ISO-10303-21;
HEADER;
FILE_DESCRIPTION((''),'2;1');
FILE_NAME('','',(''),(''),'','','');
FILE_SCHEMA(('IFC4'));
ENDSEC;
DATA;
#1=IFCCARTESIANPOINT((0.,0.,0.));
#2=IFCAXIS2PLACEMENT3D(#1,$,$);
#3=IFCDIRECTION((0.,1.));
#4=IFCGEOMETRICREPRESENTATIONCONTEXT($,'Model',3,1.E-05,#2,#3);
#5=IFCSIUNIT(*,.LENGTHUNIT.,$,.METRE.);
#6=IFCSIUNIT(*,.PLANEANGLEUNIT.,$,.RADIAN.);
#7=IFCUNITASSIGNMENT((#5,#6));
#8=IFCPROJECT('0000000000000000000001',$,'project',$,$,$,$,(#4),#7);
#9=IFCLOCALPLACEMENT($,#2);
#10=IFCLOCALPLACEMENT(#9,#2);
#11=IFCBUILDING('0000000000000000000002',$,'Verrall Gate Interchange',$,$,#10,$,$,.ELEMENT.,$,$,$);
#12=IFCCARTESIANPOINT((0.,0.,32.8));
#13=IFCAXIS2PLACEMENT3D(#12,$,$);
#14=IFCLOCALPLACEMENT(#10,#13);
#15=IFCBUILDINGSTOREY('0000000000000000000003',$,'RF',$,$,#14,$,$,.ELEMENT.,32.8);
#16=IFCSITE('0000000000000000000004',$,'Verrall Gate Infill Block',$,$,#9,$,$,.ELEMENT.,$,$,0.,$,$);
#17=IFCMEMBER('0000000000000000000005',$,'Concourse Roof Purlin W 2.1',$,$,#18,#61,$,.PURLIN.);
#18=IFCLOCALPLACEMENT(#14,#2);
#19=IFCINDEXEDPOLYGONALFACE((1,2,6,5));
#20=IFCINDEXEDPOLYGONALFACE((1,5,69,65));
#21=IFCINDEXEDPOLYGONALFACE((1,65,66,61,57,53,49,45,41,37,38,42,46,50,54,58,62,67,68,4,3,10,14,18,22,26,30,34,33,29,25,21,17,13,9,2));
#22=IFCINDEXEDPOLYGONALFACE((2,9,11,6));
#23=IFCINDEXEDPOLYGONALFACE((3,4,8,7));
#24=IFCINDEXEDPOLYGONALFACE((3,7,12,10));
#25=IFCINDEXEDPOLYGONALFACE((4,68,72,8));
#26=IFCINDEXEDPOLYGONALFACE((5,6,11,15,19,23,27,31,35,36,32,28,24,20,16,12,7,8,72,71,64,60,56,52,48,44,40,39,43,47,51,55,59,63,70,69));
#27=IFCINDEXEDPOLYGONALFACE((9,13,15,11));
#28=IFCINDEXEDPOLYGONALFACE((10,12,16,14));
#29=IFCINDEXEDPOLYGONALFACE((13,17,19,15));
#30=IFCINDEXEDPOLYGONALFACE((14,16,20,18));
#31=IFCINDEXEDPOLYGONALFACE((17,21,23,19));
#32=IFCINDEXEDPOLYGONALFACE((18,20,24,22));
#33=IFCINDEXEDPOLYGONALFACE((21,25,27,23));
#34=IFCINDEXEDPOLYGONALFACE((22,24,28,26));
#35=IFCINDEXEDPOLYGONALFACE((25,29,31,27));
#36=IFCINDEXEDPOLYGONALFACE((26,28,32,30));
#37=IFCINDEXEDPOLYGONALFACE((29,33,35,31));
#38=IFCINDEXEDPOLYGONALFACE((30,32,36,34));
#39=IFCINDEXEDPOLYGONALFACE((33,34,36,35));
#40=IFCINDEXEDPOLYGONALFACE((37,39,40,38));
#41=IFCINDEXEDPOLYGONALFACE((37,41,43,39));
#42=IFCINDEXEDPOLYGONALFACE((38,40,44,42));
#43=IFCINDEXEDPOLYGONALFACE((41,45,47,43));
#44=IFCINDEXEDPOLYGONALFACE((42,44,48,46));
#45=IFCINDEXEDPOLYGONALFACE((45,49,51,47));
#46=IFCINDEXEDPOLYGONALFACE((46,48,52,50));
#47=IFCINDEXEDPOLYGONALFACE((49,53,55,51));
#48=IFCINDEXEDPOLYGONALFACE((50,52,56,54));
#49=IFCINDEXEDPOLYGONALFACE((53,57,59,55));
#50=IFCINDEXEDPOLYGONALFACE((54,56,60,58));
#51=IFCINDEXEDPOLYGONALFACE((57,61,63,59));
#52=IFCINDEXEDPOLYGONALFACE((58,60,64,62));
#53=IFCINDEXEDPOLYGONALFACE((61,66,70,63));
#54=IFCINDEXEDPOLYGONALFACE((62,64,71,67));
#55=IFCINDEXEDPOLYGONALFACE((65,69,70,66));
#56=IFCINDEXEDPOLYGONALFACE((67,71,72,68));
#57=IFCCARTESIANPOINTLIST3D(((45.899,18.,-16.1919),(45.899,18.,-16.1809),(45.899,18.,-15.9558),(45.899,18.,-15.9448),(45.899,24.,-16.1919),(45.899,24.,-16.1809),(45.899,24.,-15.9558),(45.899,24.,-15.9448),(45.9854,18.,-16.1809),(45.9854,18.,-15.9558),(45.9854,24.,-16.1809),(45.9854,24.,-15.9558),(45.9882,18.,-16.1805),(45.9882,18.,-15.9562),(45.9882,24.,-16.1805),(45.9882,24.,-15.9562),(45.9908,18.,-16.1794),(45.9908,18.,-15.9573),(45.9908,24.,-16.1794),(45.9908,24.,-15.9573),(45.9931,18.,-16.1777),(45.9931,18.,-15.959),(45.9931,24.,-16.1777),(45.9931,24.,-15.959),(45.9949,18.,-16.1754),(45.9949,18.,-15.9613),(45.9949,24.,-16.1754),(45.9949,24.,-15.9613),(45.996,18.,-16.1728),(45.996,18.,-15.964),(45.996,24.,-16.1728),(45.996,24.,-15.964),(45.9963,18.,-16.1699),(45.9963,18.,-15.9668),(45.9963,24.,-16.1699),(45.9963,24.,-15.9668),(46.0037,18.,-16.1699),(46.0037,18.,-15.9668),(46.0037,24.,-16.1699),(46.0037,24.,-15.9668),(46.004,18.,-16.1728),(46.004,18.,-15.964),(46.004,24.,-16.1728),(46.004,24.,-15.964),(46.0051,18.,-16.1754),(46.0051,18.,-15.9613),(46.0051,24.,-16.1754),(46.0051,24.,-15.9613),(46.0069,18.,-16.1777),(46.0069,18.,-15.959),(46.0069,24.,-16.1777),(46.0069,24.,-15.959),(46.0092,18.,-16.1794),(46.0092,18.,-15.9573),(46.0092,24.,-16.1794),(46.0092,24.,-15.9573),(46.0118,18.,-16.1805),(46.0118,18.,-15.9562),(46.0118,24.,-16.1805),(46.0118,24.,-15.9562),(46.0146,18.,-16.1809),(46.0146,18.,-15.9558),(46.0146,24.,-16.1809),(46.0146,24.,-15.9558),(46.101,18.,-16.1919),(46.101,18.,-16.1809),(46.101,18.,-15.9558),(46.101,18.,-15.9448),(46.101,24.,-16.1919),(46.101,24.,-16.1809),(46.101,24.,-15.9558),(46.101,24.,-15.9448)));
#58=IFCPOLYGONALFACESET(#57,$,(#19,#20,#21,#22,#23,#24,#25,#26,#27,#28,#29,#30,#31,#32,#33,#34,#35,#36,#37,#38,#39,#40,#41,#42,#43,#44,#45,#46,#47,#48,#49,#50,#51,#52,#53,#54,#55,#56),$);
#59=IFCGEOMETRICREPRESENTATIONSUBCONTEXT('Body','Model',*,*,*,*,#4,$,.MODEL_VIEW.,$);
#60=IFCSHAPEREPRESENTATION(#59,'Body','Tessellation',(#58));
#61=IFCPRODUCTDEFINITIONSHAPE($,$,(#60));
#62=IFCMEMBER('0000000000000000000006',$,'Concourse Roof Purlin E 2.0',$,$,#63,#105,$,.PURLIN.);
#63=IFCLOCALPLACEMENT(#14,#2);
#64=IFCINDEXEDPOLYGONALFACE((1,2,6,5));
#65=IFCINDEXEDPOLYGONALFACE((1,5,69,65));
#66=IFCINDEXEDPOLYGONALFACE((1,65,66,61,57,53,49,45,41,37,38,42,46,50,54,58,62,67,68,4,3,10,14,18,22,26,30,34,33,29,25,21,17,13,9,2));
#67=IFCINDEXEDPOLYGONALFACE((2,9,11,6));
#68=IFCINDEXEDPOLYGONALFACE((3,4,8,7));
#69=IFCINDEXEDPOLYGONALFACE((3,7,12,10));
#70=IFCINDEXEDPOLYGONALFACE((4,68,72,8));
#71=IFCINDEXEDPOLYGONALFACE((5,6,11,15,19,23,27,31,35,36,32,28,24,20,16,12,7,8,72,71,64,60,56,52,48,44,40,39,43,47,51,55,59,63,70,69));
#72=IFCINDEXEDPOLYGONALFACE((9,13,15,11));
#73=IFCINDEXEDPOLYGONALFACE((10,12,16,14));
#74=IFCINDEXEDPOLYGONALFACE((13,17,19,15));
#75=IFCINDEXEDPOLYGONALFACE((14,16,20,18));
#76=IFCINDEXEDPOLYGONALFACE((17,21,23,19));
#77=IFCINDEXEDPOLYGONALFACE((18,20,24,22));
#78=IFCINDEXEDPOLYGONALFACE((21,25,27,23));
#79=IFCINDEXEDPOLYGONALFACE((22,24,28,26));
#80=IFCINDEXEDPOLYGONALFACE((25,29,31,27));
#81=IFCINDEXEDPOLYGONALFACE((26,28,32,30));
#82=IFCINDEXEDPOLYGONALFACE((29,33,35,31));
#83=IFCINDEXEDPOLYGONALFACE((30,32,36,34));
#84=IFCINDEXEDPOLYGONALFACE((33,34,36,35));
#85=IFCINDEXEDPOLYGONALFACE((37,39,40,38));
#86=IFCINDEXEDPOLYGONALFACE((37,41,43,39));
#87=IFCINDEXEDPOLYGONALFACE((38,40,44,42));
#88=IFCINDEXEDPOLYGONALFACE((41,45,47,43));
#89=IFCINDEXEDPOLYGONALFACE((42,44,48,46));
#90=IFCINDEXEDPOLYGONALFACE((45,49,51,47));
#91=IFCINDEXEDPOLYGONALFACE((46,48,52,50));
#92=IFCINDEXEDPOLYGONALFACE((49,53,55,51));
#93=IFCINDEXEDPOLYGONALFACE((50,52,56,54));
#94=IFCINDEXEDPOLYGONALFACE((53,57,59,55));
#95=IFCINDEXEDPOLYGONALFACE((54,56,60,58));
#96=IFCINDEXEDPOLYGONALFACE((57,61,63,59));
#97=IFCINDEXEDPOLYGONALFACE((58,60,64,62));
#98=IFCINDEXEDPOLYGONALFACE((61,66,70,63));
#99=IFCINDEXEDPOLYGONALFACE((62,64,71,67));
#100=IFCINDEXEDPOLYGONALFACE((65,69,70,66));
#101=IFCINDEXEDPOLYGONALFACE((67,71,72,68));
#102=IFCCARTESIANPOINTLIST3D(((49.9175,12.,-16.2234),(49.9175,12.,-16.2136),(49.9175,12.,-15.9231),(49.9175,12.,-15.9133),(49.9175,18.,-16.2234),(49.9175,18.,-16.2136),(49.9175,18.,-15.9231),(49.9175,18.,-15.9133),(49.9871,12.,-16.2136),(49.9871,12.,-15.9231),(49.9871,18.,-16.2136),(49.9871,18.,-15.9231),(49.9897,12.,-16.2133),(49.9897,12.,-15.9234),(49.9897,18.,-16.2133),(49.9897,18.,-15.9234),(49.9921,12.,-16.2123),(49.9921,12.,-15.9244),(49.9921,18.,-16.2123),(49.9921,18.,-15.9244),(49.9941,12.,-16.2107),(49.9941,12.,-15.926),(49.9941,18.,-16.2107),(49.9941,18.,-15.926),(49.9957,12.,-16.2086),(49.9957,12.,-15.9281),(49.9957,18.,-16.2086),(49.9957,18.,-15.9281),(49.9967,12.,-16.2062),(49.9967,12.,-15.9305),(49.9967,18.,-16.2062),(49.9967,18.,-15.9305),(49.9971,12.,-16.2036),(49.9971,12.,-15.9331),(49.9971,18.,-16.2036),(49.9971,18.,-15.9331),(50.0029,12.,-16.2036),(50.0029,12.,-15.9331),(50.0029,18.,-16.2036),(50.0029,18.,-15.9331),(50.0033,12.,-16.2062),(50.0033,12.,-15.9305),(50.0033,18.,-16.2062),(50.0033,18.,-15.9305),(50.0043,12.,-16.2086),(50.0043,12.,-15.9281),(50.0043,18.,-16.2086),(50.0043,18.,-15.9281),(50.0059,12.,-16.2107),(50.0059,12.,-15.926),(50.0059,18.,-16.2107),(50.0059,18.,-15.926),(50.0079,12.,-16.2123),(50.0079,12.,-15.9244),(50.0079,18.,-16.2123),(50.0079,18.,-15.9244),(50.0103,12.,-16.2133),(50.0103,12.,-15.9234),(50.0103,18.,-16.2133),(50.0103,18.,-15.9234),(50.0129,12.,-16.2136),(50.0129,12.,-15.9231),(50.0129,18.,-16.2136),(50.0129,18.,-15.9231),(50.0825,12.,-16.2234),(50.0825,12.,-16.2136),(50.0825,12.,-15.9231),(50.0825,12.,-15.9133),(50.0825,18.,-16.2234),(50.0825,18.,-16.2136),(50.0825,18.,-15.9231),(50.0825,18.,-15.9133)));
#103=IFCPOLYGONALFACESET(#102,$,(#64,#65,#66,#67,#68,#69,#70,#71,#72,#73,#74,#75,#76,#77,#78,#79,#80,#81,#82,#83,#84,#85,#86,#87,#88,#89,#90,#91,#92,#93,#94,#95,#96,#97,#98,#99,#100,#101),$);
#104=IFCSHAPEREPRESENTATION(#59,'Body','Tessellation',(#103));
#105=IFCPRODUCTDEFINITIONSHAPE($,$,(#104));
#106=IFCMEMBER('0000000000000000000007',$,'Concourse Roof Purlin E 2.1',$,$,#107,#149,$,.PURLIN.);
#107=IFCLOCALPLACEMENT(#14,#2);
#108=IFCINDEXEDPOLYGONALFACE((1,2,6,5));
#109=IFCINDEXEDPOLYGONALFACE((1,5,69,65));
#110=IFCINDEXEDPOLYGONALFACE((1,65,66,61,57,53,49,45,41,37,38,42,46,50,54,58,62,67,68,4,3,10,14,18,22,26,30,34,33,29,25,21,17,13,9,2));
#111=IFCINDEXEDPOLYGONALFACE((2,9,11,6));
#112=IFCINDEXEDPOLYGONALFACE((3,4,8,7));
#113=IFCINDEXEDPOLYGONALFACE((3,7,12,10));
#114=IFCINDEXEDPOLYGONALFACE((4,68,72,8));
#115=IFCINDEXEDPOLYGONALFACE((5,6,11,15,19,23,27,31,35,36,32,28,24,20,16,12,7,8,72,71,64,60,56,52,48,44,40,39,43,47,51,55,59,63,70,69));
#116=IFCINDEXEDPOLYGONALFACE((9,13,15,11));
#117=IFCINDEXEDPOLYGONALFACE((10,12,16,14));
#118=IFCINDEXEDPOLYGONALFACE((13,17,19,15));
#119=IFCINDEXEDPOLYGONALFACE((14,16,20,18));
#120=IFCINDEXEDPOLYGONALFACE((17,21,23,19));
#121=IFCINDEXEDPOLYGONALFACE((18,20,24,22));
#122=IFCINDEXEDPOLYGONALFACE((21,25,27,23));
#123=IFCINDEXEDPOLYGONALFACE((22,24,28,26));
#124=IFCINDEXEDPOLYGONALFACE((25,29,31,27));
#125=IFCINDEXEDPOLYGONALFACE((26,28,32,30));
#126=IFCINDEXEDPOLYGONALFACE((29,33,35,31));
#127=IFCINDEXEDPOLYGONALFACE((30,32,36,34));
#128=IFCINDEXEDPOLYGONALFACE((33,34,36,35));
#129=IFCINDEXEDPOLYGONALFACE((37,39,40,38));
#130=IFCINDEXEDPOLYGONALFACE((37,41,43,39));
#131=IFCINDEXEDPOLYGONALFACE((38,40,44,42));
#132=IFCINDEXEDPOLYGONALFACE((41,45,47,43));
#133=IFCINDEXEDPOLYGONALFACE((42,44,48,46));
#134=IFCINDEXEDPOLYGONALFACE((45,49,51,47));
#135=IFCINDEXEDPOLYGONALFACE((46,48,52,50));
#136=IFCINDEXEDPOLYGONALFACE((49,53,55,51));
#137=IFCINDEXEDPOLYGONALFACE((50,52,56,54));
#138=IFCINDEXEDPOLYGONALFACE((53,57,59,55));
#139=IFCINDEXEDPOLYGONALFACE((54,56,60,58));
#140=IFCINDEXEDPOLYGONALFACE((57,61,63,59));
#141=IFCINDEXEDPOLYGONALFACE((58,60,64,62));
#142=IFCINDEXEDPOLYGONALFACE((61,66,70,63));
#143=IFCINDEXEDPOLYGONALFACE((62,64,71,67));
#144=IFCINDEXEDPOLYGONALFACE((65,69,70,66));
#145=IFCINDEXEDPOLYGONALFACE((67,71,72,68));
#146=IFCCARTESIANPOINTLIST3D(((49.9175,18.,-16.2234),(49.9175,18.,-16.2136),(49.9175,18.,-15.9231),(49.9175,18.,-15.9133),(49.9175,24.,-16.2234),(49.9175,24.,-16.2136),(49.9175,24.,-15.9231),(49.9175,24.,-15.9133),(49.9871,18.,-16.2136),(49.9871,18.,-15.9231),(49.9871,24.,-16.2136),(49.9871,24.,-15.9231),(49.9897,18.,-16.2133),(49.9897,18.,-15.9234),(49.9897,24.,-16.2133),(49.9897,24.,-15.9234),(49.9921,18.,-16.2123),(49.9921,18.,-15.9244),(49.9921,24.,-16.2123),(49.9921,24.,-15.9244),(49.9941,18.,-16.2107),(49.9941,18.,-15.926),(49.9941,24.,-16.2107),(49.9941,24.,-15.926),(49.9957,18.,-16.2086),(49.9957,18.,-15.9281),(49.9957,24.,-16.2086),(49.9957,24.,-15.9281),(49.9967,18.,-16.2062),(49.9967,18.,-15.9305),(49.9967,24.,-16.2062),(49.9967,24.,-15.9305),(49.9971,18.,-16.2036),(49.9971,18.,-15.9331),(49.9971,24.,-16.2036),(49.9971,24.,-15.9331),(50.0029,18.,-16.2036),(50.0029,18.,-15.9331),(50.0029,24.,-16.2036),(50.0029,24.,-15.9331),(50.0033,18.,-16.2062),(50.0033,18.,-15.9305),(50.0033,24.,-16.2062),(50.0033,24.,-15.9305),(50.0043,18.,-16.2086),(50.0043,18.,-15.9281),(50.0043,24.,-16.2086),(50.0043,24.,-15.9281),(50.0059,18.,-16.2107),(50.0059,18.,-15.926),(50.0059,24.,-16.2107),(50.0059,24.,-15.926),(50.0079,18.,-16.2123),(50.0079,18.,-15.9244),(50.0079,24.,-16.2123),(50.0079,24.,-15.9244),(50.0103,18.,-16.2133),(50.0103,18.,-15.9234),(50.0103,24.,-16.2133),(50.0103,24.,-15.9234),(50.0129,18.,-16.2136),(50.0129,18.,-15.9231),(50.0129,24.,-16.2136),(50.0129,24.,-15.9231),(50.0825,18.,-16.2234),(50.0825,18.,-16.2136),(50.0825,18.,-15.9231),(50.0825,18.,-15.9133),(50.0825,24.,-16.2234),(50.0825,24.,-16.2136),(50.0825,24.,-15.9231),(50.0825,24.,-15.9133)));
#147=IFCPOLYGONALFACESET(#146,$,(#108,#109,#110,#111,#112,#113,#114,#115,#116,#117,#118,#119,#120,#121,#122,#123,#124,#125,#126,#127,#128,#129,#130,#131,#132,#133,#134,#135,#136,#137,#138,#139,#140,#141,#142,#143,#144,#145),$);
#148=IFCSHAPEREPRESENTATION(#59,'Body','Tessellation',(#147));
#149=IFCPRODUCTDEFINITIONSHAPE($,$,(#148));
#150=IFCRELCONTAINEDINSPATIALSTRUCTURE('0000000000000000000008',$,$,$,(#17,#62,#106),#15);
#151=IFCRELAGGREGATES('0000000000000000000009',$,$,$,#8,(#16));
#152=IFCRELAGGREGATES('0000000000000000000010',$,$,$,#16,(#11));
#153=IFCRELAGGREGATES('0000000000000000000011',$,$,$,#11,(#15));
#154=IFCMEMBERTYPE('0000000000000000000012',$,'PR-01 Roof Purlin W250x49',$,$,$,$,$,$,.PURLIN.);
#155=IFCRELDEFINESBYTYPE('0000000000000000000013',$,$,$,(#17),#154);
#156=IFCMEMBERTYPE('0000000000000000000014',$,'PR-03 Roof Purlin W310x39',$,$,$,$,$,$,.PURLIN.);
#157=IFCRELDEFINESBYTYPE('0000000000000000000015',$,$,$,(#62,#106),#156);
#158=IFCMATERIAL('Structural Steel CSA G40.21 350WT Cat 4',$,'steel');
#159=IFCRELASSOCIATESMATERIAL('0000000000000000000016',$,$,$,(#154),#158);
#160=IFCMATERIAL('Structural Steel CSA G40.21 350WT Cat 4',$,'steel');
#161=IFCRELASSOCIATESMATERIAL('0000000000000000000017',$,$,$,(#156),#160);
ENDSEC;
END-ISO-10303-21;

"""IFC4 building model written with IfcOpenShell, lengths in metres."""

from ifc_helpers import new_model, si_unit, direction, frame, origin, origin_2d, place, context, subcontext, project, spatial, i_section, extrude, material, material_profile, profile_set, type_object, element, save


model = new_model("IFC4")

# Units and contexts
model_context = context("Model", 3, precision=1e-05, world=origin(), true_north=direction((0.0, 1.0)))
body_context = subcontext(model_context, "Body", "Model", "MODEL_VIEW")
ifc_project = project(units=[si_unit("LENGTHUNIT", "METRE"), si_unit("PLANEANGLEUNIT", "RADIAN")], contexts=[model_context])

# Site, building, storey
site_placement = place(None, origin())
site = spatial("IfcSite", under=ifc_project, at=site_placement, Name="Verrall Gate Infill Block", CompositionType="ELEMENT", RefElevation=0.0)
building_placement = place(site_placement, origin())
building = spatial("IfcBuilding", under=site, at=building_placement, Name="Verrall Gate Interchange", CompositionType="ELEMENT")
storey_placement = place(building_placement, frame((0.0, 0.0, 32.8)))
storey = spatial("IfcBuildingStorey", under=building, at=storey_placement, Name="RF", CompositionType="ELEMENT", Elevation=32.8)

# Members
ifc_material_1 = material(Name="Structural Steel CSA G40.21 350WT Cat 4", Category="steel")
ifc_material_profile_1 = material_profile(ifc_material_1, i_section(OverallWidth=0.2019, OverallDepth=0.2471, WebThickness=0.0073, FlangeThickness=0.011, FilletRadius=0.011, at=origin_2d()), Name="W250x49")
ifc_profile_set_1 = profile_set([ifc_material_profile_1], Name="Structural Steel CSA G40.21 350WT Cat 4")
member_type_1 = type_object("IfcMemberType", Name="PR-01 Roof Purlin W250x49", PredefinedType="PURLIN", material=ifc_profile_set_1)
for number, where, z_axis, x_axis, name in (
    (1, (46.0, 18.0, -16.0684), (0.0, 1.0, 0.0), (-1.0, 0.0, 0.0), "Concourse Roof Purlin W 2.1"),
):
    element("IfcMember", number, at=place(storey_placement, frame(where, z_axis=z_axis, x_axis=x_axis)), inside=storey, type_object=member_type_1, Name=name, PredefinedType="PURLIN", context=body_context, shape_type="SweptSolid", body=[
        extrude(i_section(OverallWidth=0.2019, OverallDepth=0.2471, WebThickness=0.0073, FlangeThickness=0.011, FilletRadius=0.011, at=origin_2d()), origin(), (0.0, 0.0, 1.0), 6.0),
    ])
ifc_material_2 = material(Name="Structural Steel CSA G40.21 350WT Cat 4", Category="steel")
ifc_material_profile_2 = material_profile(ifc_material_2, i_section(OverallWidth=0.165, OverallDepth=0.3101, WebThickness=0.0059, FlangeThickness=0.0098, FilletRadius=0.01, at=origin_2d()), Name="W310x39")
ifc_profile_set_2 = profile_set([ifc_material_profile_2], Name="Structural Steel CSA G40.21 350WT Cat 4")
member_type_2 = type_object("IfcMemberType", Name="PR-03 Roof Purlin W310x39", PredefinedType="PURLIN", material=ifc_profile_set_2)
for number, where, z_axis, x_axis, name in (
    (2, (50.0, 12.0, -16.0684), (0.0, 1.0, 0.0), (-1.0, 0.0, 0.0), "Concourse Roof Purlin E 2.0"),
    (3, (50.0, 18.0, -16.0684), (0.0, 1.0, 0.0), (-1.0, 0.0, 0.0), "Concourse Roof Purlin E 2.1"),
):
    element("IfcMember", number, at=place(storey_placement, frame(where, z_axis=z_axis, x_axis=x_axis)), inside=storey, type_object=member_type_2, Name=name, PredefinedType="PURLIN", context=body_context, shape_type="SweptSolid", body=[
        extrude(i_section(OverallWidth=0.165, OverallDepth=0.3101, WebThickness=0.0059, FlangeThickness=0.0098, FilletRadius=0.01, at=origin_2d()), origin(), (0.0, 0.0, 1.0), 6.0),
    ])

save(model, "model.ifc")
